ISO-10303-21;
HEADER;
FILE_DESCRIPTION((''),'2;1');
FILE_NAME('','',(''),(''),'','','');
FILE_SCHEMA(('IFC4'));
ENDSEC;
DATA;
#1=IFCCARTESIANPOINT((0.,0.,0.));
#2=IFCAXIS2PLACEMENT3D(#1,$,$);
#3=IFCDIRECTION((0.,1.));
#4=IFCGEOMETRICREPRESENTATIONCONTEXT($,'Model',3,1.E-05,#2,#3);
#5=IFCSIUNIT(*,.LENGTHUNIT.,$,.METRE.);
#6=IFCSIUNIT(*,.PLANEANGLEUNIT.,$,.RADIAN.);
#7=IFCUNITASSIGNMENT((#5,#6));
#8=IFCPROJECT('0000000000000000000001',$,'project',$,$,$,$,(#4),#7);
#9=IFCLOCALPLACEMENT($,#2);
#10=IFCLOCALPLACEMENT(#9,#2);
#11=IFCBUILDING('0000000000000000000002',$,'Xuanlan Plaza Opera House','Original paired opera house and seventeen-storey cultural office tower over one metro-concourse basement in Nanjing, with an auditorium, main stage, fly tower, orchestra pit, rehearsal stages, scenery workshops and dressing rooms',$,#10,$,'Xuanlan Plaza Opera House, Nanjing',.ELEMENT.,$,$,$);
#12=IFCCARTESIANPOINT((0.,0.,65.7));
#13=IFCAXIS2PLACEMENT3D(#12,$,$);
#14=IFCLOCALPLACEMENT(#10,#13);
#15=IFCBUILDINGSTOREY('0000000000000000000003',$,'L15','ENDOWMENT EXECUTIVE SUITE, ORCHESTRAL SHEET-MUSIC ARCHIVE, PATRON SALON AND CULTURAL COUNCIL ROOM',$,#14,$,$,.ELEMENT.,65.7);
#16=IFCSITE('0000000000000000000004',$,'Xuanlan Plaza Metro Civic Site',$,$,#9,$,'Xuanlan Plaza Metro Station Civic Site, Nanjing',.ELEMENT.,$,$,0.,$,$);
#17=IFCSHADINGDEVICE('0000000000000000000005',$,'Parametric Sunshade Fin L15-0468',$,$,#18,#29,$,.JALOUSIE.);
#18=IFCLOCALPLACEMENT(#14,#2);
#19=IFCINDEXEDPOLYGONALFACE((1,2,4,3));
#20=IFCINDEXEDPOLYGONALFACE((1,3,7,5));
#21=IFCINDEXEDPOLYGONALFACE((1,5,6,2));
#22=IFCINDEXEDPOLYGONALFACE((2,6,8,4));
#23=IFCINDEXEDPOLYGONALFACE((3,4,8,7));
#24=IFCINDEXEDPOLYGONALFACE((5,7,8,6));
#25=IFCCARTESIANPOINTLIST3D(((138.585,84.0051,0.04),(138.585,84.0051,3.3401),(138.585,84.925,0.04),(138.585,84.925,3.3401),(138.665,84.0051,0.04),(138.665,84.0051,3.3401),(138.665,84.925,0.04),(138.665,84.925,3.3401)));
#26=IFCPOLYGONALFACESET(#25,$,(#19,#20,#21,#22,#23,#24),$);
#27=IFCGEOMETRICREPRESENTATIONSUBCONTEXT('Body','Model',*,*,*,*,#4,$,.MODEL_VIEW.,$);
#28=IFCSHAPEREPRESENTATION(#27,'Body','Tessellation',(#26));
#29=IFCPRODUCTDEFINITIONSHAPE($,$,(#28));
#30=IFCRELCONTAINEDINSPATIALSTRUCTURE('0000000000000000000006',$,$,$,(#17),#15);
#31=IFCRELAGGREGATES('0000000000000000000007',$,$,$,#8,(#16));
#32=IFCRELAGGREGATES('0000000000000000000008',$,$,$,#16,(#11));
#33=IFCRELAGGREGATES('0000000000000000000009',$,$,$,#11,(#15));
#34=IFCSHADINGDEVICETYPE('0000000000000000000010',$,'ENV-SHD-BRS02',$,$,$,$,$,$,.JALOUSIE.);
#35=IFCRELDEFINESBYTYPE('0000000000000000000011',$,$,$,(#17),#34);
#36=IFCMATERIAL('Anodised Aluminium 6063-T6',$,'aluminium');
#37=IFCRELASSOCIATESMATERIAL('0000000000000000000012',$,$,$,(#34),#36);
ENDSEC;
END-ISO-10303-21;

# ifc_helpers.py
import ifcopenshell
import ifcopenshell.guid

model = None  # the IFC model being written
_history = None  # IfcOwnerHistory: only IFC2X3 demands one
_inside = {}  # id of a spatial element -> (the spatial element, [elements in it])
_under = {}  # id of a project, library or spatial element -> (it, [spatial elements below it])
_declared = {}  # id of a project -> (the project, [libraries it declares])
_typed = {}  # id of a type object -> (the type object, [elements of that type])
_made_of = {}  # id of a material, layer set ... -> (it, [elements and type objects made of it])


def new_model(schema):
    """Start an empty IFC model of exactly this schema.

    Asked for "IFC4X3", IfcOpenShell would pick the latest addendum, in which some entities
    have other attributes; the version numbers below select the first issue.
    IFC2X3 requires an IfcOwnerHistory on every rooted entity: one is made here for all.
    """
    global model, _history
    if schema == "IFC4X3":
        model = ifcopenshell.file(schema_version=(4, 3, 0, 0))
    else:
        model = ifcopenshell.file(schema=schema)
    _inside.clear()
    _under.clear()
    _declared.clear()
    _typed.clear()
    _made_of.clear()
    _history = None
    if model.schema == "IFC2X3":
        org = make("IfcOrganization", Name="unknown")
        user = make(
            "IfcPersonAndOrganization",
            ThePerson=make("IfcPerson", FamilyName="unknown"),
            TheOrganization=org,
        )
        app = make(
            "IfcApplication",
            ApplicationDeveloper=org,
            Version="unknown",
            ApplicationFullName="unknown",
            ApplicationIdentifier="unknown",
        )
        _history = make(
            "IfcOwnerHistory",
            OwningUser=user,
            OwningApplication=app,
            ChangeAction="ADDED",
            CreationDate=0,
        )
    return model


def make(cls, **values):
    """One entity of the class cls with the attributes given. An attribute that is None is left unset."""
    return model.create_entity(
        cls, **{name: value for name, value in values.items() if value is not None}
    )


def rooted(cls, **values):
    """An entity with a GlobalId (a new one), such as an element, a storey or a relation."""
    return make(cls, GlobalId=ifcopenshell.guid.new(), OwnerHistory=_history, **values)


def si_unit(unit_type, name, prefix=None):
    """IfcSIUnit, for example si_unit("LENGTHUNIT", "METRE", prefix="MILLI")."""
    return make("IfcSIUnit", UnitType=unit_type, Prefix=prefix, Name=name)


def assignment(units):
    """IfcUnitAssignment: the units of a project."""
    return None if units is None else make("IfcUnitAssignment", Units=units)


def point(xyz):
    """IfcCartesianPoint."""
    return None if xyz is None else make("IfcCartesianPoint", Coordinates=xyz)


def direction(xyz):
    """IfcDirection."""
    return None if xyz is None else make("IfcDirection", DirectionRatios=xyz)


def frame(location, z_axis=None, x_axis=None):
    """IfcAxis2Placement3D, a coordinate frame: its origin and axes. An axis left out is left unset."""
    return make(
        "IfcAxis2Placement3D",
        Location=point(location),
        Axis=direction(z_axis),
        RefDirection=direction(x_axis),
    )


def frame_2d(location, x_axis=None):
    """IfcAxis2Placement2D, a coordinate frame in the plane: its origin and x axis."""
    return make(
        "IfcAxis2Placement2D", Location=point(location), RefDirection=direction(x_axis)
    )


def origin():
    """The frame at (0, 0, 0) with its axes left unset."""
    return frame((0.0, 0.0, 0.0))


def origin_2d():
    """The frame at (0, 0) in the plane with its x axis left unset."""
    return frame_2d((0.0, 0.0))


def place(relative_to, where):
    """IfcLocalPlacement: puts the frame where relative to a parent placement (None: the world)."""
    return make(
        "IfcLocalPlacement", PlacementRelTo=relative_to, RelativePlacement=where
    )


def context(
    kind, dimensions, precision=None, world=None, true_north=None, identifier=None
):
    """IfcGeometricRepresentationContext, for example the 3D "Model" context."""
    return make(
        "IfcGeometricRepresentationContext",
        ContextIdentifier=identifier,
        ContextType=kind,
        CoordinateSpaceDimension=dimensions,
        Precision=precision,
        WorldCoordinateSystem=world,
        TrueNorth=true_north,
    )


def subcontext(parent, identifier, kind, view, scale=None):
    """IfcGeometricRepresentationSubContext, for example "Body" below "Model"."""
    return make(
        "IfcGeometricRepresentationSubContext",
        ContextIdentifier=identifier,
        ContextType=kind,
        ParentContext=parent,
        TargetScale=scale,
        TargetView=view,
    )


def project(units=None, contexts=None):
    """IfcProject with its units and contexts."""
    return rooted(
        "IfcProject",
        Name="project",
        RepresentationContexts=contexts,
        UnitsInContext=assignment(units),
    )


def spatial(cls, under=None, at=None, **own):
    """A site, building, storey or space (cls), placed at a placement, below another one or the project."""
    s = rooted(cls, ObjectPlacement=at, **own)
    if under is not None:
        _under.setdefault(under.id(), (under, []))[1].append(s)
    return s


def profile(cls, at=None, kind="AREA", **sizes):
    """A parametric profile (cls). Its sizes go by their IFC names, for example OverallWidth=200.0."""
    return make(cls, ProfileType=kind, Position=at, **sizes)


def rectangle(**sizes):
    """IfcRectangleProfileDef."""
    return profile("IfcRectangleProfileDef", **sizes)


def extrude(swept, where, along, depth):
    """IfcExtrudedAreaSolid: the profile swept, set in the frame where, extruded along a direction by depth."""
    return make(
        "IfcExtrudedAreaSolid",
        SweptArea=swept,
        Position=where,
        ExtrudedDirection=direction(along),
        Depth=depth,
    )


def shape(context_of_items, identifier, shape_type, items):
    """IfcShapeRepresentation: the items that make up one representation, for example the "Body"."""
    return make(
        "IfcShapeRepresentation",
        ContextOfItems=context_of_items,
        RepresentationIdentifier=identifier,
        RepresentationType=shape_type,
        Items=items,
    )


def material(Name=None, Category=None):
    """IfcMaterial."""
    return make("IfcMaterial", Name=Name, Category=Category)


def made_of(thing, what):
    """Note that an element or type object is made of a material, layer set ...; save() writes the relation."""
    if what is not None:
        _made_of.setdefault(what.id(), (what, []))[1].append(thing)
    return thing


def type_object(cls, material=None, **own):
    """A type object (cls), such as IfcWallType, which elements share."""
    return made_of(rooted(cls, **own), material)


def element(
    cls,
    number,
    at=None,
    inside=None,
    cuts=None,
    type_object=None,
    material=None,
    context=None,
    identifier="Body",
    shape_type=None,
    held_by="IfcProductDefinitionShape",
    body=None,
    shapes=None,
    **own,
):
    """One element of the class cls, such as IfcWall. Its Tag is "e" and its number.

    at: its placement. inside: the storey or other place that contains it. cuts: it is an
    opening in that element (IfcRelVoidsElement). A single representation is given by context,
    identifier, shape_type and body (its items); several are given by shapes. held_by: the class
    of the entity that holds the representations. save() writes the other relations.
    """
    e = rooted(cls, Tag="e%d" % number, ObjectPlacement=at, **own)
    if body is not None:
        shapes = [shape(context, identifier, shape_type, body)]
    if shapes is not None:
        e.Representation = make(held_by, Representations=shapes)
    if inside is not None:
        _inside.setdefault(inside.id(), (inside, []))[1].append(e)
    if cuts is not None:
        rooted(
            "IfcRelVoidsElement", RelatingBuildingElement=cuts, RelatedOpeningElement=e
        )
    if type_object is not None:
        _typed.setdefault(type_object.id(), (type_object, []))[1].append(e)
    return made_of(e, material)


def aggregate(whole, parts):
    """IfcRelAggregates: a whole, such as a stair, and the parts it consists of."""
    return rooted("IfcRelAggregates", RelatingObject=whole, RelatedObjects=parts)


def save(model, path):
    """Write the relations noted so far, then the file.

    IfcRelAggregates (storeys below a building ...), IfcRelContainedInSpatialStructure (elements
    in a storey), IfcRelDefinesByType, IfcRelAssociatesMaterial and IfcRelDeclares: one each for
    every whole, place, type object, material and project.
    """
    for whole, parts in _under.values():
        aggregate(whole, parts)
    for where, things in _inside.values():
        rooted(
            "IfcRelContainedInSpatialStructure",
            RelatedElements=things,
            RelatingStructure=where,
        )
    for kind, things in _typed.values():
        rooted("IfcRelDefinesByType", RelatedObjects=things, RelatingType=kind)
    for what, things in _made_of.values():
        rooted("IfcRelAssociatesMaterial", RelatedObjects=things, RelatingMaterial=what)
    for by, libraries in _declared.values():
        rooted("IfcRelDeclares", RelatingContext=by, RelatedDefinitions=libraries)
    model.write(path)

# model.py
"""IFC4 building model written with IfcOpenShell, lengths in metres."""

from ifc_helpers import new_model, si_unit, direction, frame, origin, origin_2d, place, context, subcontext, project, spatial, rectangle, extrude, material, type_object, element, save


model = new_model("IFC4")

# Units and contexts
model_context = context("Model", 3, precision=1e-05, world=origin(), true_north=direction((0.0, 1.0)))
body_context = subcontext(model_context, "Body", "Model", "MODEL_VIEW")
ifc_project = project(units=[si_unit("LENGTHUNIT", "METRE"), si_unit("PLANEANGLEUNIT", "RADIAN")], contexts=[model_context])

# Site, building, storey
site_placement = place(None, origin())
site = spatial("IfcSite", under=ifc_project, at=site_placement, Name="Xuanlan Plaza Metro Civic Site", LongName="Xuanlan Plaza Metro Station Civic Site, Nanjing", CompositionType="ELEMENT", RefElevation=0.0)
building_placement = place(site_placement, origin())
building = spatial("IfcBuilding", under=site, at=building_placement, Name="Xuanlan Plaza Opera House", Description="Original paired opera house and seventeen-storey cultural office tower over one metro-concourse basement in Nanjing, with an auditorium, main stage, fly tower, orchestra pit, rehearsal stages, scenery workshops and dressing rooms", LongName="Xuanlan Plaza Opera House, Nanjing", CompositionType="ELEMENT")
storey_placement = place(building_placement, frame((0.0, 0.0, 65.7)))
storey = spatial("IfcBuildingStorey", under=building, at=storey_placement, Name="L15", Description="ENDOWMENT EXECUTIVE SUITE, ORCHESTRAL SHEET-MUSIC ARCHIVE, PATRON SALON AND CULTURAL COUNCIL ROOM", CompositionType="ELEMENT", Elevation=65.7)

# Shared definitions
ifc_material_1 = material(Name="Anodised Aluminium 6063-T6", Category="aluminium")

# Shading device
shading_device_type_1 = type_object("IfcShadingDeviceType", Name="ENV-SHD-BRS02", PredefinedType="JALOUSIE", material=ifc_material_1)
shading_device_1_placement = place(storey_placement, frame((138.625, 84.4651, 0.04), z_axis=(0.0, 0.0, 1.0), x_axis=(0.0, 1.0, 0.0)))
element("IfcShadingDevice", 1, at=shading_device_1_placement, inside=storey, type_object=shading_device_type_1, Name="Parametric Sunshade Fin L15-0468", PredefinedType="JALOUSIE", context=body_context, shape_type="SweptSolid", body=[
    extrude(rectangle(XDim=0.9199, YDim=0.0801, at=origin_2d()), origin(), (0.0, 0.0, 1.0), 3.3),
])

save(model, "model.ifc")
